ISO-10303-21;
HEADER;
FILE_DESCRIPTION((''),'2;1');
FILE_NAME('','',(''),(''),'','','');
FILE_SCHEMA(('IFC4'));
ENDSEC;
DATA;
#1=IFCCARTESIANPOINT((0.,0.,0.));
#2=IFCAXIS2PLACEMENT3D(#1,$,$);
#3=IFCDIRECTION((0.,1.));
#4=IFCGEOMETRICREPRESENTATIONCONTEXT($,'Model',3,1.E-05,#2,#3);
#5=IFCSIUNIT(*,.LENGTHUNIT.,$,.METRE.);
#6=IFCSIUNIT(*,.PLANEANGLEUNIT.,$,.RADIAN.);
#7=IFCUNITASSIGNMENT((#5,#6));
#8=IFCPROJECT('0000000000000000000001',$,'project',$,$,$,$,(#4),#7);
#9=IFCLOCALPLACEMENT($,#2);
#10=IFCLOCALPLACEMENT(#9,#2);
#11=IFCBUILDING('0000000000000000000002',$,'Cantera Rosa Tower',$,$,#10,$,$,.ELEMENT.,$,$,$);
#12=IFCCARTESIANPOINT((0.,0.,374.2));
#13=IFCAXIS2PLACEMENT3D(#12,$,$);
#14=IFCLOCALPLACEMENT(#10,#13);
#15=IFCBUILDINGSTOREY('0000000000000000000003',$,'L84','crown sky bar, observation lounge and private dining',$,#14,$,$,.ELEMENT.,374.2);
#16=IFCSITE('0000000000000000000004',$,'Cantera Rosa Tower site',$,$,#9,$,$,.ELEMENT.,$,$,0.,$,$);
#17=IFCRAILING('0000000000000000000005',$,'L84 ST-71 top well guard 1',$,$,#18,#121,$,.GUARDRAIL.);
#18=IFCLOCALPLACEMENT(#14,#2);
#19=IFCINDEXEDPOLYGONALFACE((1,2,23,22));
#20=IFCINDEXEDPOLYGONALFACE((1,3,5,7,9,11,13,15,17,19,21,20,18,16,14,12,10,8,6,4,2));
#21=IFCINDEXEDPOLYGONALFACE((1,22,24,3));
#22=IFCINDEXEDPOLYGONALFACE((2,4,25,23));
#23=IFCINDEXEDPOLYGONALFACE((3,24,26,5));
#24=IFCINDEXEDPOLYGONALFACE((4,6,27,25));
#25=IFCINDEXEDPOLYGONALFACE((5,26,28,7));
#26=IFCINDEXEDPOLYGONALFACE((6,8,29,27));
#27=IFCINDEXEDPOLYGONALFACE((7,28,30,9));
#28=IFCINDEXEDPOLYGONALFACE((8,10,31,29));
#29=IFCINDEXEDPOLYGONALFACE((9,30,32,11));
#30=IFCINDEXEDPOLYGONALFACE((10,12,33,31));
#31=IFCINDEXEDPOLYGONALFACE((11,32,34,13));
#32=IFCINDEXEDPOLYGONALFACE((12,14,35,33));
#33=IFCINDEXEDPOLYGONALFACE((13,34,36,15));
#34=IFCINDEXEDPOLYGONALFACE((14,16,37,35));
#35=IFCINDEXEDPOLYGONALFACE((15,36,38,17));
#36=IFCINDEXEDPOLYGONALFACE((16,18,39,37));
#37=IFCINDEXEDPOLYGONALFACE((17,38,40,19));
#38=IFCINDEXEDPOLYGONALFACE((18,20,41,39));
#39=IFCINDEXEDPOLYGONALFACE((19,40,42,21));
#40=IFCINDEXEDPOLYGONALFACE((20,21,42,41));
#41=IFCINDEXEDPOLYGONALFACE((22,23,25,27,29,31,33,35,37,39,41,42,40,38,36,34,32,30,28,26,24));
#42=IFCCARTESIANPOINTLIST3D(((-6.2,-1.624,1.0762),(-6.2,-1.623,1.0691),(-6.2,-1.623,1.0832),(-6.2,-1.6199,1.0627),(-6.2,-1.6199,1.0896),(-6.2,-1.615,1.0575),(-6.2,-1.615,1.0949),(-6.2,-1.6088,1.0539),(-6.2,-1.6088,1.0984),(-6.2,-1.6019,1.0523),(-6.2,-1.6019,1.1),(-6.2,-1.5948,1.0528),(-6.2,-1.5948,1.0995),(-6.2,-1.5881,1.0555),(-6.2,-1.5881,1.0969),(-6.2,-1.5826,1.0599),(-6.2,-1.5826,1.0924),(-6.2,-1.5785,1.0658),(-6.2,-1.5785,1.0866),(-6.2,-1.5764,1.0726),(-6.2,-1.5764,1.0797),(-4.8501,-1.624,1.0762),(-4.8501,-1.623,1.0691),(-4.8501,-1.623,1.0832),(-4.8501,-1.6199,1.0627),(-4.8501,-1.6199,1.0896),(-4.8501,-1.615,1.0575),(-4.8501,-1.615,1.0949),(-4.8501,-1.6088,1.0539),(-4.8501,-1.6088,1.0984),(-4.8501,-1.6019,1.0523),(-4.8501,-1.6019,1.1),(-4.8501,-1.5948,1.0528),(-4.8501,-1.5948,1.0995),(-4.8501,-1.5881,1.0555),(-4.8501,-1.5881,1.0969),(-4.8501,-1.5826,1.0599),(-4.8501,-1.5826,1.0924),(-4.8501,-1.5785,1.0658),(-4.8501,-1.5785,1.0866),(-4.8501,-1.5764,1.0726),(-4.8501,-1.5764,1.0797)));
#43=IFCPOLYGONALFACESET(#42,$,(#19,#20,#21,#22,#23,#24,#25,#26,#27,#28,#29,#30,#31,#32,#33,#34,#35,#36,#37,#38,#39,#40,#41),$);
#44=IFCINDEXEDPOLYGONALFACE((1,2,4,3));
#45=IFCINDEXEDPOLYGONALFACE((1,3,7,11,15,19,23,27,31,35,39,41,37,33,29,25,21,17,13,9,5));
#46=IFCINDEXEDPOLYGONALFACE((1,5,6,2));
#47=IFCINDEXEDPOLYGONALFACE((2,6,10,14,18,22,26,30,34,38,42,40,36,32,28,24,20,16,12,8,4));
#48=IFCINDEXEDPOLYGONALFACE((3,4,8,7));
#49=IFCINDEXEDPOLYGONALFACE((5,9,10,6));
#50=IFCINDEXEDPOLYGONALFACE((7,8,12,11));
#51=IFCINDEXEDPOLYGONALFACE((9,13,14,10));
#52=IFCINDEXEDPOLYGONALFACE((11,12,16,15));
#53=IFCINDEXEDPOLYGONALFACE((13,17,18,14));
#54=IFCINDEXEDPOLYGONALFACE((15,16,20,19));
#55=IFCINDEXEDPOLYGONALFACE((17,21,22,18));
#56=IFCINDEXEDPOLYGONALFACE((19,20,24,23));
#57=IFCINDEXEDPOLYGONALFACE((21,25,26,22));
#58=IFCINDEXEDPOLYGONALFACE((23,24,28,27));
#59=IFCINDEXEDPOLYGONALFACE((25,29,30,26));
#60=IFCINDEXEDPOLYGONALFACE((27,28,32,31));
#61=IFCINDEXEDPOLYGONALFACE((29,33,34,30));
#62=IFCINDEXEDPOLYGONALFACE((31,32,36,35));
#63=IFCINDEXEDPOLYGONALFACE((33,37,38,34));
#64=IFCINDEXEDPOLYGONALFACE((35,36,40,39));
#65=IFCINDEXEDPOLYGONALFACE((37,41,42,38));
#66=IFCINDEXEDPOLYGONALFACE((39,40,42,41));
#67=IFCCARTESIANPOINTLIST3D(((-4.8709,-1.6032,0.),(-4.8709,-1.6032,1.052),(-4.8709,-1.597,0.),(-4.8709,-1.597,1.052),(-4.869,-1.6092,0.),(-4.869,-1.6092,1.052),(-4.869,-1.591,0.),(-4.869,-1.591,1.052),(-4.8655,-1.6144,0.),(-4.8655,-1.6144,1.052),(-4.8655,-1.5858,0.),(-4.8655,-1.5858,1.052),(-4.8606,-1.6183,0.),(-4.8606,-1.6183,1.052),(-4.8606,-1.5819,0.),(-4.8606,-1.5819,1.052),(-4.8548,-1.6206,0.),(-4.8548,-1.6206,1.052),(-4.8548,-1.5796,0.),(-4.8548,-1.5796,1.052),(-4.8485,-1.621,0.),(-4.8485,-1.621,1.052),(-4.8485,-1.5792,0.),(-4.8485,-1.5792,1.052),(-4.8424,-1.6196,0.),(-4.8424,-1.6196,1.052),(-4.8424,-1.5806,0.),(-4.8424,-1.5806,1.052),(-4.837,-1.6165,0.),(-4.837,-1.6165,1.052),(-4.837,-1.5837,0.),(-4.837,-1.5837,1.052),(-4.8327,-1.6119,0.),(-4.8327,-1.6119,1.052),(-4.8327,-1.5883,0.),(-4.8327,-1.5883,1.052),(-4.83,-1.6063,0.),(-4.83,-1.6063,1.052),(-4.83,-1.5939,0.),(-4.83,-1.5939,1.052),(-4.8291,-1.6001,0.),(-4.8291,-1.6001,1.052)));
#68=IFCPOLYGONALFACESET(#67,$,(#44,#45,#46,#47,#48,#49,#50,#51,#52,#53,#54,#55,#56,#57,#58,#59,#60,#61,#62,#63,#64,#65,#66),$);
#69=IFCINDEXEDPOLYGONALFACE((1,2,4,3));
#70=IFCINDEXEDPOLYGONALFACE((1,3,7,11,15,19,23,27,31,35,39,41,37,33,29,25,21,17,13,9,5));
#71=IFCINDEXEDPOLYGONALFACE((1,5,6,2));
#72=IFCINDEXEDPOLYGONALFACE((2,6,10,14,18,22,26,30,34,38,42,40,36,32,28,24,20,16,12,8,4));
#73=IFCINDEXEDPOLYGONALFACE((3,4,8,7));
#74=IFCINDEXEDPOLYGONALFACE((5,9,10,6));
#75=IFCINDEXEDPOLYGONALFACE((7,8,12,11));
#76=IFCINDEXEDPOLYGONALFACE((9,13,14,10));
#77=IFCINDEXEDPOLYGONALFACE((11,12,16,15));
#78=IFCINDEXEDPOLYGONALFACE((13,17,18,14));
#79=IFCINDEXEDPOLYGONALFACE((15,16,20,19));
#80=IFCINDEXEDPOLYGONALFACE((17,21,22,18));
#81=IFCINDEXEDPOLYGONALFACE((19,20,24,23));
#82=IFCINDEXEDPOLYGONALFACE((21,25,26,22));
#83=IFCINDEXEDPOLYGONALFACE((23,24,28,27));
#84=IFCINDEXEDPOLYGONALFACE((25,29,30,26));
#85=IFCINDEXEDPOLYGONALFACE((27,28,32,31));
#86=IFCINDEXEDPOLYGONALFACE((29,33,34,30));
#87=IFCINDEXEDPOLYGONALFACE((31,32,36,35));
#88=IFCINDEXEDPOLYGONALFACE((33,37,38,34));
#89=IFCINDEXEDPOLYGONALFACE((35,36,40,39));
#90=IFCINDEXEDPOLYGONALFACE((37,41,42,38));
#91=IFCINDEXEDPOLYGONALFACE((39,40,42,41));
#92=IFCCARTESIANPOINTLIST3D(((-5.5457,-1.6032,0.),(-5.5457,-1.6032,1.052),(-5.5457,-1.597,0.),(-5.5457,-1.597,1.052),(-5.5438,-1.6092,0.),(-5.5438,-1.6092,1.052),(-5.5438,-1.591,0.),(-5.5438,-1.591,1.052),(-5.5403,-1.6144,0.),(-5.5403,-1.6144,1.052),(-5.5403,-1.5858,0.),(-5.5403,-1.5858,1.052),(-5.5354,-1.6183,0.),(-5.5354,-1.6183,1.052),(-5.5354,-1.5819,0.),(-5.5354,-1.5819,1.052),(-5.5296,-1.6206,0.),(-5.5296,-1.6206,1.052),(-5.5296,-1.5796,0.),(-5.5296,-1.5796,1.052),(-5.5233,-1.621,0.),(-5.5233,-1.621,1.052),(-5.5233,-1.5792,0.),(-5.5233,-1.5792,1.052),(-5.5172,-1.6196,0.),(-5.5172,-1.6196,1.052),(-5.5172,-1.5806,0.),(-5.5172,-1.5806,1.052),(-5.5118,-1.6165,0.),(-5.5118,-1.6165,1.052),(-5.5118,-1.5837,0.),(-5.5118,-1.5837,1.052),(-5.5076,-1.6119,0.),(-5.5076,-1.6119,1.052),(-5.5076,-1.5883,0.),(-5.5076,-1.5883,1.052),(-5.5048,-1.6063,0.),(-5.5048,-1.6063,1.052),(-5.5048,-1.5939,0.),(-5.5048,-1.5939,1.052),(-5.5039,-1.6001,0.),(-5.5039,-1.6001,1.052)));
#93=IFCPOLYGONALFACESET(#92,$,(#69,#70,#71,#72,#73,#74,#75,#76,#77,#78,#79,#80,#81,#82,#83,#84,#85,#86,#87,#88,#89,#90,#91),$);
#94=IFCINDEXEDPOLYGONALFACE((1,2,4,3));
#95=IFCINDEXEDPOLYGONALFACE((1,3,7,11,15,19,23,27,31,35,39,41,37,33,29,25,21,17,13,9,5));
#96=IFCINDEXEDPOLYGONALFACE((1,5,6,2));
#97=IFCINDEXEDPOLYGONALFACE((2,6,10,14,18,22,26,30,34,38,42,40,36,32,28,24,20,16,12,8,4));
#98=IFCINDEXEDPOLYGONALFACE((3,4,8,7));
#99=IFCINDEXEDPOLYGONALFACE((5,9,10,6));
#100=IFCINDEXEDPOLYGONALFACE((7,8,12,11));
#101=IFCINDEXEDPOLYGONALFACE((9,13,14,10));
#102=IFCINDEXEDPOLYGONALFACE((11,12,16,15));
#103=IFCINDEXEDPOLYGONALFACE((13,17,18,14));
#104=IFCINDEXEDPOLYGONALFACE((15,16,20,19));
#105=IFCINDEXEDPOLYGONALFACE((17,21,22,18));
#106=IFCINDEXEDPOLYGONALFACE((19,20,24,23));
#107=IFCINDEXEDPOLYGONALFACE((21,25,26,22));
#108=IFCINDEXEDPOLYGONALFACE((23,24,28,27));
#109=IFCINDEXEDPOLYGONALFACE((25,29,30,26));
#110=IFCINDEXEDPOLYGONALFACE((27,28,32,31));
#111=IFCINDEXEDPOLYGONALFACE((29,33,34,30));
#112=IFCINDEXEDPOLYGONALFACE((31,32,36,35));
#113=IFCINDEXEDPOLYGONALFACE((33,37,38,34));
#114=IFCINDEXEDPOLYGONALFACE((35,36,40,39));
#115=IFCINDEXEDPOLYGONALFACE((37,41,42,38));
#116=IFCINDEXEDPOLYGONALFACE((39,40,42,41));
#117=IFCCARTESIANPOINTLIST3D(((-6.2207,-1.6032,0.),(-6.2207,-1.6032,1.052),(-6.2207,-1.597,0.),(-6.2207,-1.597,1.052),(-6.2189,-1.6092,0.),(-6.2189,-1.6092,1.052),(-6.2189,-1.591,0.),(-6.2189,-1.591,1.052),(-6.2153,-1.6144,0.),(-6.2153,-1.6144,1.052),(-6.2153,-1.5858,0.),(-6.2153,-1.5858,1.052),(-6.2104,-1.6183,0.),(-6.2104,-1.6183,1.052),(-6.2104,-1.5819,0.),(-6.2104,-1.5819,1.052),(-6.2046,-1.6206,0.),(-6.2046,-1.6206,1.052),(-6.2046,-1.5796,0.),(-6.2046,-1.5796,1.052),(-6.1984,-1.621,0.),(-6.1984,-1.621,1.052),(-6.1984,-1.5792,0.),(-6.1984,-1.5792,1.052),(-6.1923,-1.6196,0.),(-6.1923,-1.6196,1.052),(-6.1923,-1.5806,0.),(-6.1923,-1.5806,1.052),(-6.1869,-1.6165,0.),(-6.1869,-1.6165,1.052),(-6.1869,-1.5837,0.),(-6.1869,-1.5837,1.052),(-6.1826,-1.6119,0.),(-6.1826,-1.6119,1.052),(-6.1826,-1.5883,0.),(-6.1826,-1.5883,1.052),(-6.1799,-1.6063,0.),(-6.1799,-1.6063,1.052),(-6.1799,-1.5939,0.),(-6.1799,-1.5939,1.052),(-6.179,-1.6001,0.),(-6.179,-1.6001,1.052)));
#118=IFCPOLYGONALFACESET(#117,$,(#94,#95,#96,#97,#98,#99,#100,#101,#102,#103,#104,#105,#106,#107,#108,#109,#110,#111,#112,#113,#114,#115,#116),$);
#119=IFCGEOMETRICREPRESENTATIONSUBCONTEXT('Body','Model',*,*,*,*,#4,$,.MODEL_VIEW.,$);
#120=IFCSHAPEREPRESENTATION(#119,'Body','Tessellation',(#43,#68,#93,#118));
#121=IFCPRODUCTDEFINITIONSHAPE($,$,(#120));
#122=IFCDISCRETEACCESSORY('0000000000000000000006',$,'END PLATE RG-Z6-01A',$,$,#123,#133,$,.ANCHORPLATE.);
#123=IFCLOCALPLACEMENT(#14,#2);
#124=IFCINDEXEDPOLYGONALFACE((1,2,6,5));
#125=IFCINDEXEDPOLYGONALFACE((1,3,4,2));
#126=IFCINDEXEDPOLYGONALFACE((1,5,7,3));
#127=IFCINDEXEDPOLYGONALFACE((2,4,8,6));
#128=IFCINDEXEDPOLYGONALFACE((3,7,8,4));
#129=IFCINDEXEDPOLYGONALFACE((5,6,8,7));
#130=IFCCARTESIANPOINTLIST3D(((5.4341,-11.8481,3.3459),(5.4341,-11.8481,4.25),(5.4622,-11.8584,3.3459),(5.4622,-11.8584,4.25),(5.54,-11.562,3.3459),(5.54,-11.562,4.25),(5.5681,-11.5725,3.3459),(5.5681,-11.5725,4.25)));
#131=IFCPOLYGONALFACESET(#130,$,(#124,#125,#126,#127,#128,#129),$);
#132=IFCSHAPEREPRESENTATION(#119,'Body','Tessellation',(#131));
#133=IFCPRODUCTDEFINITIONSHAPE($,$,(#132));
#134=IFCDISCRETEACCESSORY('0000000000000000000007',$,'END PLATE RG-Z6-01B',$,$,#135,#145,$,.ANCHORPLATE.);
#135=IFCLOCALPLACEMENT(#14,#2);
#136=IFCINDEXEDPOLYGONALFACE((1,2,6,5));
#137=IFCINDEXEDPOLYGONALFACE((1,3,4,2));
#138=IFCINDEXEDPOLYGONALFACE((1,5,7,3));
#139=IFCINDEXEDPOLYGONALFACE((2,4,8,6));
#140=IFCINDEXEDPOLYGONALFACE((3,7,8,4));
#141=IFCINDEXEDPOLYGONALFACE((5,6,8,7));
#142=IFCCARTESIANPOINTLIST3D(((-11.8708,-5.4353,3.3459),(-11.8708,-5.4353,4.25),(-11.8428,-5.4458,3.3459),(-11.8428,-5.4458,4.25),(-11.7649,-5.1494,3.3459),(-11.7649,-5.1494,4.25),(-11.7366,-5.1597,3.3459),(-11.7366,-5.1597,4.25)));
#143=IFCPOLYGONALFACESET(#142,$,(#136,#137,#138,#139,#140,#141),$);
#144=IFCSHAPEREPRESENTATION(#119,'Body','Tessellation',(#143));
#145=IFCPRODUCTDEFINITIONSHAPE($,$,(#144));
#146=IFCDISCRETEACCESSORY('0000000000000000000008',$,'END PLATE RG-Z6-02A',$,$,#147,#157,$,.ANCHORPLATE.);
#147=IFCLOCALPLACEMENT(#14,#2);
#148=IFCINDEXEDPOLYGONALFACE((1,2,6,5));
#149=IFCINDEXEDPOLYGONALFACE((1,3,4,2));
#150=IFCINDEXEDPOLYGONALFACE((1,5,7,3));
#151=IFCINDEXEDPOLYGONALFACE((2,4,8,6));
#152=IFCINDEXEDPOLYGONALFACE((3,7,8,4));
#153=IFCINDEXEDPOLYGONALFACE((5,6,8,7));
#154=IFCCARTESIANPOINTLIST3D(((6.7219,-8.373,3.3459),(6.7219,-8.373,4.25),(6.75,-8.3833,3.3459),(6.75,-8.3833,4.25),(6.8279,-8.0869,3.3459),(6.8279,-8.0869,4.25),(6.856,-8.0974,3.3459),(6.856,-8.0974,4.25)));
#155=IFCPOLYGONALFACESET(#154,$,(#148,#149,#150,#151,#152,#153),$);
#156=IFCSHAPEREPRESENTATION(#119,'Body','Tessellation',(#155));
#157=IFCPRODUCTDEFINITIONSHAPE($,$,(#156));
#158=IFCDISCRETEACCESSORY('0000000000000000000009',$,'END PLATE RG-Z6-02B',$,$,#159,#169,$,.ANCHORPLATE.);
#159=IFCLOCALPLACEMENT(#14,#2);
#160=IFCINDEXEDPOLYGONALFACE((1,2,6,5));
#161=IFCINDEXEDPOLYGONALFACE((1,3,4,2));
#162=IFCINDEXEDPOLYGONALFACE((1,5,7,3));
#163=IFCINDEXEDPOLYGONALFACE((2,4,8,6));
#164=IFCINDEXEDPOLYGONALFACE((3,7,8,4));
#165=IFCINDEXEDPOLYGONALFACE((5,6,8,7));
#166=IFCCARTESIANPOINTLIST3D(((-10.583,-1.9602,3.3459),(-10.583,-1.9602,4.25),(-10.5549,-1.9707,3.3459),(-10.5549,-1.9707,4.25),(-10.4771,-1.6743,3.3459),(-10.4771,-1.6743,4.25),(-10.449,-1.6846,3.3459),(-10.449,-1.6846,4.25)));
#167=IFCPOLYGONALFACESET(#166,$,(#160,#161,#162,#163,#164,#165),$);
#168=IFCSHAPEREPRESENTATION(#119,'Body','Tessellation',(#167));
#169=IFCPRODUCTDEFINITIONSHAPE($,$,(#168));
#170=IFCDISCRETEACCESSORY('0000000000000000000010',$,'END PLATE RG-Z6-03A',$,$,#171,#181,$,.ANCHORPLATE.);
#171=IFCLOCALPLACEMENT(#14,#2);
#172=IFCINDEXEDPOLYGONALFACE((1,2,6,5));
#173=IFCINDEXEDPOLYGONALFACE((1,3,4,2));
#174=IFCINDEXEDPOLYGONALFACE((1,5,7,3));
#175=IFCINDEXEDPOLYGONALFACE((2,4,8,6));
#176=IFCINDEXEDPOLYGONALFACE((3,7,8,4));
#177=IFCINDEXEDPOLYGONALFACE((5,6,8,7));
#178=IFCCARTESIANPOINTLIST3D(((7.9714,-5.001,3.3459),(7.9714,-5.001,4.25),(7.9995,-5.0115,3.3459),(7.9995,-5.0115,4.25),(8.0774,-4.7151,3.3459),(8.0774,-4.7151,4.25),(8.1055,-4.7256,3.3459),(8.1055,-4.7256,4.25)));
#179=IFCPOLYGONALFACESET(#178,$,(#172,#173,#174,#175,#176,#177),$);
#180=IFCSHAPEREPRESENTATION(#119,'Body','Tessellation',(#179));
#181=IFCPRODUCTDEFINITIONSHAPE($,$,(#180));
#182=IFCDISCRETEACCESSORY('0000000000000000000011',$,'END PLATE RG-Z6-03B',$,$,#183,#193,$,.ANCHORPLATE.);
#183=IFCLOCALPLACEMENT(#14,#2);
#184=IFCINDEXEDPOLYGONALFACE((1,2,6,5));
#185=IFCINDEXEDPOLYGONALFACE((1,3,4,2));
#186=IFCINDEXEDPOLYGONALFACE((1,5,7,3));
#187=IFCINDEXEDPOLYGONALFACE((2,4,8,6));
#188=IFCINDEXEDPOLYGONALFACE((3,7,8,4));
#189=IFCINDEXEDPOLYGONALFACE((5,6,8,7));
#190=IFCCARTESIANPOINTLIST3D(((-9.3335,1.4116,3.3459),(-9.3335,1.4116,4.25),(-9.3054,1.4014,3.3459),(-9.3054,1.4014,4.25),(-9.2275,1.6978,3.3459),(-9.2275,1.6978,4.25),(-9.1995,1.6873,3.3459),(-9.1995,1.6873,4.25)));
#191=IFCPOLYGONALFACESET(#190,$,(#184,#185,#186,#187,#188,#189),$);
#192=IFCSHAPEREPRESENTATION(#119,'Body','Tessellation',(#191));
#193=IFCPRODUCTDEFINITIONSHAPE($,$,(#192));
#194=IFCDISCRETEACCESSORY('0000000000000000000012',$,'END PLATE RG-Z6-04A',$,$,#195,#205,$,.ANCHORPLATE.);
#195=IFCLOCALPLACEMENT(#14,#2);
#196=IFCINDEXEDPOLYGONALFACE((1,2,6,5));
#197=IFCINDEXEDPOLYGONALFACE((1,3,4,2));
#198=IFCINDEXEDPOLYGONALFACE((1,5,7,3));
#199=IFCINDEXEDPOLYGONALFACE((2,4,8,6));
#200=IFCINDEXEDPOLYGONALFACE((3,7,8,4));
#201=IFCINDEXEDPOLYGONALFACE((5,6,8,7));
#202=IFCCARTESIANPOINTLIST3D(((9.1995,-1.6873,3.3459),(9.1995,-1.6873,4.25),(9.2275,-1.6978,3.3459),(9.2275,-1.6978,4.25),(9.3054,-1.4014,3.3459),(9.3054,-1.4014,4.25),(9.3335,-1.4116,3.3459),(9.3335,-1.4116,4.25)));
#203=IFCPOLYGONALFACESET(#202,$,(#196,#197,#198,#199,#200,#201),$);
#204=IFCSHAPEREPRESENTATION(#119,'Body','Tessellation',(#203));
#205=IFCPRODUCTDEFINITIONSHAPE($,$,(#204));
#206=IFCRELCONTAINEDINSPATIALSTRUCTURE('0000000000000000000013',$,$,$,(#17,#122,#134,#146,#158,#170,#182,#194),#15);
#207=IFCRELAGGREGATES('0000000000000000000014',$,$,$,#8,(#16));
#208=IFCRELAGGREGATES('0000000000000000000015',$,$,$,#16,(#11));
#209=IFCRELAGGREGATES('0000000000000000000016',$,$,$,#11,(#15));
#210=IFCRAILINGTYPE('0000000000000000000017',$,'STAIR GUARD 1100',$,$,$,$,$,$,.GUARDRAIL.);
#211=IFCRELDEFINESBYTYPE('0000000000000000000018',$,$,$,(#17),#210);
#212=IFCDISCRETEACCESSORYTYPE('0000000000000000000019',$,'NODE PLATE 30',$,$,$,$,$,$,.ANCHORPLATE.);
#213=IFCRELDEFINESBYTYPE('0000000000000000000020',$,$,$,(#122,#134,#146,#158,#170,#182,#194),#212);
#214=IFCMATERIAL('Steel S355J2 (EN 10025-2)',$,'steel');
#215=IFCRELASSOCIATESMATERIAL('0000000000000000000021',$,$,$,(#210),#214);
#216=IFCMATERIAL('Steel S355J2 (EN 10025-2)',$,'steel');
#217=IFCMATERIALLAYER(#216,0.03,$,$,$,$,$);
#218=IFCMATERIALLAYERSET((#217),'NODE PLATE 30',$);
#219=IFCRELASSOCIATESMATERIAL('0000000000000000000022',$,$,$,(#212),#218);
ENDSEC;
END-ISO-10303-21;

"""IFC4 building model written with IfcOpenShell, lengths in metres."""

from ifc_helpers import new_model, si_unit, direction, frame, origin, origin_2d, place, context, subcontext, project, spatial, polyline, circle, outline, extrude, material, layer, layer_set, type_object, element, save


model = new_model("IFC4")

# Units and contexts
model_context = context("Model", 3, precision=1e-05, world=origin(), true_north=direction((0.0, 1.0)))
body_context = subcontext(model_context, "Body", "Model", "MODEL_VIEW")
ifc_project = project(units=[si_unit("LENGTHUNIT", "METRE"), si_unit("PLANEANGLEUNIT", "RADIAN")], contexts=[model_context])

# Site, building, storey
site_placement = place(None, origin())
site = spatial("IfcSite", under=ifc_project, at=site_placement, Name="Cantera Rosa Tower site", CompositionType="ELEMENT", RefElevation=0.0)
building_placement = place(site_placement, origin())
building = spatial("IfcBuilding", under=site, at=building_placement, Name="Cantera Rosa Tower", CompositionType="ELEMENT")
storey_placement = place(building_placement, frame((0.0, 0.0, 374.2)))
storey = spatial("IfcBuildingStorey", under=building, at=storey_placement, Name="L84", Description="crown sky bar, observation lounge and private dining", CompositionType="ELEMENT", Elevation=374.2)

# Railing
ifc_material_1 = material(Name="Steel S355J2 (EN 10025-2)", Category="steel")
railing_type = type_object("IfcRailingType", Name="STAIR GUARD 1100", PredefinedType="GUARDRAIL", material=ifc_material_1)
railing_1_placement = place(storey_placement, frame((-4.8501, -1.6001, 0.0)))
element("IfcRailing", 1, at=railing_1_placement, inside=storey, type_object=railing_type, Name="L84 ST-71 top well guard 1", PredefinedType="GUARDRAIL", context=body_context, shape_type="SweptSolid", body=[
    extrude(circle(Radius=0.0239, at=origin_2d()), frame((0.0, 0.0, 1.0762), z_axis=(-1.0, 0.0, 0.0), x_axis=(0.0, -1.0, 0.0)), (0.0, 0.0, 1.0), 1.3499),
    extrude(circle(Radius=0.021, at=origin_2d()), origin(), (0.0, 0.0, 1.0), 1.052),
    extrude(circle(Radius=0.021, at=origin_2d()), frame((-0.6748, 0.0, 0.0)), (0.0, 0.0, 1.0), 1.052),
    extrude(circle(Radius=0.021, at=origin_2d()), frame((-1.3499, 0.0, 0.0)), (0.0, 0.0, 1.0), 1.052),
])

# Discrete accessories
ifc_material_2 = material(Name="Steel S355J2 (EN 10025-2)", Category="steel")
ifc_layer_1 = layer(ifc_material_2, 0.03)
ifc_layer_set_1 = layer_set([ifc_layer_1], Name="NODE PLATE 30")
discrete_accessory_type = type_object("IfcDiscreteAccessoryType", Name="NODE PLATE 30", PredefinedType="ANCHORPLATE", material=ifc_layer_set_1)
discrete_accessory_1_placement = place(storey_placement, frame((0.0, 0.0, 3.3459)))
element("IfcDiscreteAccessory", 2, at=discrete_accessory_1_placement, inside=storey, type_object=discrete_accessory_type, Name="END PLATE RG-Z6-01A", PredefinedType="ANCHORPLATE", context=body_context, shape_type="SweptSolid", body=[
    extrude(outline(polyline([(5.4341, -11.8481), (5.4622, -11.8584), (5.5681, -11.5725), (5.54, -11.562), (5.4341, -11.8481)])), origin(), (0.0, 0.0, 1.0), 0.9041),
])
discrete_accessory_2_placement = place(storey_placement, frame((0.0, 0.0, 3.3459)))
element("IfcDiscreteAccessory", 3, at=discrete_accessory_2_placement, inside=storey, type_object=discrete_accessory_type, Name="END PLATE RG-Z6-01B", PredefinedType="ANCHORPLATE", context=body_context, shape_type="SweptSolid", body=[
    extrude(outline(polyline([(-11.8428, -5.4458), (-11.8708, -5.4353), (-11.7649, -5.1494), (-11.7366, -5.1597), (-11.8428, -5.4458)])), origin(), (0.0, 0.0, 1.0), 0.9041),
])
discrete_accessory_3_placement = place(storey_placement, frame((0.0, 0.0, 3.3459)))
element("IfcDiscreteAccessory", 4, at=discrete_accessory_3_placement, inside=storey, type_object=discrete_accessory_type, Name="END PLATE RG-Z6-02A", PredefinedType="ANCHORPLATE", context=body_context, shape_type="SweptSolid", body=[
    extrude(outline(polyline([(6.7219, -8.373), (6.75, -8.3833), (6.856, -8.0974), (6.8279, -8.0869), (6.7219, -8.373)])), origin(), (0.0, 0.0, 1.0), 0.9041),
])
discrete_accessory_4_placement = place(storey_placement, frame((0.0, 0.0, 3.3459)))
element("IfcDiscreteAccessory", 5, at=discrete_accessory_4_placement, inside=storey, type_object=discrete_accessory_type, Name="END PLATE RG-Z6-02B", PredefinedType="ANCHORPLATE", context=body_context, shape_type="SweptSolid", body=[
    extrude(outline(polyline([(-10.5549, -1.9707), (-10.583, -1.9602), (-10.4771, -1.6743), (-10.449, -1.6846), (-10.5549, -1.9707)])), origin(), (0.0, 0.0, 1.0), 0.9041),
])
discrete_accessory_5_placement = place(storey_placement, frame((0.0, 0.0, 3.3459)))
element("IfcDiscreteAccessory", 6, at=discrete_accessory_5_placement, inside=storey, type_object=discrete_accessory_type, Name="END PLATE RG-Z6-03A", PredefinedType="ANCHORPLATE", context=body_context, shape_type="SweptSolid", body=[
    extrude(outline(polyline([(7.9714, -5.001), (7.9995, -5.0115), (8.1055, -4.7256), (8.0774, -4.7151), (7.9714, -5.001)])), origin(), (0.0, 0.0, 1.0), 0.9041),
])
discrete_accessory_6_placement = place(storey_placement, frame((0.0, 0.0, 3.3459)))
element("IfcDiscreteAccessory", 7, at=discrete_accessory_6_placement, inside=storey, type_object=discrete_accessory_type, Name="END PLATE RG-Z6-03B", PredefinedType="ANCHORPLATE", context=body_context, shape_type="SweptSolid", body=[
    extrude(outline(polyline([(-9.3054, 1.4014), (-9.3335, 1.4116), (-9.2275, 1.6978), (-9.1995, 1.6873), (-9.3054, 1.4014)])), origin(), (0.0, 0.0, 1.0), 0.9041),
])
discrete_accessory_7_placement = place(storey_placement, frame((0.0, 0.0, 3.3459)))
element("IfcDiscreteAccessory", 8, at=discrete_accessory_7_placement, inside=storey, type_object=discrete_accessory_type, Name="END PLATE RG-Z6-04A", PredefinedType="ANCHORPLATE", context=body_context, shape_type="SweptSolid", body=[
    extrude(outline(polyline([(9.1995, -1.6873), (9.2275, -1.6978), (9.3335, -1.4116), (9.3054, -1.4014), (9.1995, -1.6873)])), origin(), (0.0, 0.0, 1.0), 0.9041),
])

save(model, "model.ifc")
